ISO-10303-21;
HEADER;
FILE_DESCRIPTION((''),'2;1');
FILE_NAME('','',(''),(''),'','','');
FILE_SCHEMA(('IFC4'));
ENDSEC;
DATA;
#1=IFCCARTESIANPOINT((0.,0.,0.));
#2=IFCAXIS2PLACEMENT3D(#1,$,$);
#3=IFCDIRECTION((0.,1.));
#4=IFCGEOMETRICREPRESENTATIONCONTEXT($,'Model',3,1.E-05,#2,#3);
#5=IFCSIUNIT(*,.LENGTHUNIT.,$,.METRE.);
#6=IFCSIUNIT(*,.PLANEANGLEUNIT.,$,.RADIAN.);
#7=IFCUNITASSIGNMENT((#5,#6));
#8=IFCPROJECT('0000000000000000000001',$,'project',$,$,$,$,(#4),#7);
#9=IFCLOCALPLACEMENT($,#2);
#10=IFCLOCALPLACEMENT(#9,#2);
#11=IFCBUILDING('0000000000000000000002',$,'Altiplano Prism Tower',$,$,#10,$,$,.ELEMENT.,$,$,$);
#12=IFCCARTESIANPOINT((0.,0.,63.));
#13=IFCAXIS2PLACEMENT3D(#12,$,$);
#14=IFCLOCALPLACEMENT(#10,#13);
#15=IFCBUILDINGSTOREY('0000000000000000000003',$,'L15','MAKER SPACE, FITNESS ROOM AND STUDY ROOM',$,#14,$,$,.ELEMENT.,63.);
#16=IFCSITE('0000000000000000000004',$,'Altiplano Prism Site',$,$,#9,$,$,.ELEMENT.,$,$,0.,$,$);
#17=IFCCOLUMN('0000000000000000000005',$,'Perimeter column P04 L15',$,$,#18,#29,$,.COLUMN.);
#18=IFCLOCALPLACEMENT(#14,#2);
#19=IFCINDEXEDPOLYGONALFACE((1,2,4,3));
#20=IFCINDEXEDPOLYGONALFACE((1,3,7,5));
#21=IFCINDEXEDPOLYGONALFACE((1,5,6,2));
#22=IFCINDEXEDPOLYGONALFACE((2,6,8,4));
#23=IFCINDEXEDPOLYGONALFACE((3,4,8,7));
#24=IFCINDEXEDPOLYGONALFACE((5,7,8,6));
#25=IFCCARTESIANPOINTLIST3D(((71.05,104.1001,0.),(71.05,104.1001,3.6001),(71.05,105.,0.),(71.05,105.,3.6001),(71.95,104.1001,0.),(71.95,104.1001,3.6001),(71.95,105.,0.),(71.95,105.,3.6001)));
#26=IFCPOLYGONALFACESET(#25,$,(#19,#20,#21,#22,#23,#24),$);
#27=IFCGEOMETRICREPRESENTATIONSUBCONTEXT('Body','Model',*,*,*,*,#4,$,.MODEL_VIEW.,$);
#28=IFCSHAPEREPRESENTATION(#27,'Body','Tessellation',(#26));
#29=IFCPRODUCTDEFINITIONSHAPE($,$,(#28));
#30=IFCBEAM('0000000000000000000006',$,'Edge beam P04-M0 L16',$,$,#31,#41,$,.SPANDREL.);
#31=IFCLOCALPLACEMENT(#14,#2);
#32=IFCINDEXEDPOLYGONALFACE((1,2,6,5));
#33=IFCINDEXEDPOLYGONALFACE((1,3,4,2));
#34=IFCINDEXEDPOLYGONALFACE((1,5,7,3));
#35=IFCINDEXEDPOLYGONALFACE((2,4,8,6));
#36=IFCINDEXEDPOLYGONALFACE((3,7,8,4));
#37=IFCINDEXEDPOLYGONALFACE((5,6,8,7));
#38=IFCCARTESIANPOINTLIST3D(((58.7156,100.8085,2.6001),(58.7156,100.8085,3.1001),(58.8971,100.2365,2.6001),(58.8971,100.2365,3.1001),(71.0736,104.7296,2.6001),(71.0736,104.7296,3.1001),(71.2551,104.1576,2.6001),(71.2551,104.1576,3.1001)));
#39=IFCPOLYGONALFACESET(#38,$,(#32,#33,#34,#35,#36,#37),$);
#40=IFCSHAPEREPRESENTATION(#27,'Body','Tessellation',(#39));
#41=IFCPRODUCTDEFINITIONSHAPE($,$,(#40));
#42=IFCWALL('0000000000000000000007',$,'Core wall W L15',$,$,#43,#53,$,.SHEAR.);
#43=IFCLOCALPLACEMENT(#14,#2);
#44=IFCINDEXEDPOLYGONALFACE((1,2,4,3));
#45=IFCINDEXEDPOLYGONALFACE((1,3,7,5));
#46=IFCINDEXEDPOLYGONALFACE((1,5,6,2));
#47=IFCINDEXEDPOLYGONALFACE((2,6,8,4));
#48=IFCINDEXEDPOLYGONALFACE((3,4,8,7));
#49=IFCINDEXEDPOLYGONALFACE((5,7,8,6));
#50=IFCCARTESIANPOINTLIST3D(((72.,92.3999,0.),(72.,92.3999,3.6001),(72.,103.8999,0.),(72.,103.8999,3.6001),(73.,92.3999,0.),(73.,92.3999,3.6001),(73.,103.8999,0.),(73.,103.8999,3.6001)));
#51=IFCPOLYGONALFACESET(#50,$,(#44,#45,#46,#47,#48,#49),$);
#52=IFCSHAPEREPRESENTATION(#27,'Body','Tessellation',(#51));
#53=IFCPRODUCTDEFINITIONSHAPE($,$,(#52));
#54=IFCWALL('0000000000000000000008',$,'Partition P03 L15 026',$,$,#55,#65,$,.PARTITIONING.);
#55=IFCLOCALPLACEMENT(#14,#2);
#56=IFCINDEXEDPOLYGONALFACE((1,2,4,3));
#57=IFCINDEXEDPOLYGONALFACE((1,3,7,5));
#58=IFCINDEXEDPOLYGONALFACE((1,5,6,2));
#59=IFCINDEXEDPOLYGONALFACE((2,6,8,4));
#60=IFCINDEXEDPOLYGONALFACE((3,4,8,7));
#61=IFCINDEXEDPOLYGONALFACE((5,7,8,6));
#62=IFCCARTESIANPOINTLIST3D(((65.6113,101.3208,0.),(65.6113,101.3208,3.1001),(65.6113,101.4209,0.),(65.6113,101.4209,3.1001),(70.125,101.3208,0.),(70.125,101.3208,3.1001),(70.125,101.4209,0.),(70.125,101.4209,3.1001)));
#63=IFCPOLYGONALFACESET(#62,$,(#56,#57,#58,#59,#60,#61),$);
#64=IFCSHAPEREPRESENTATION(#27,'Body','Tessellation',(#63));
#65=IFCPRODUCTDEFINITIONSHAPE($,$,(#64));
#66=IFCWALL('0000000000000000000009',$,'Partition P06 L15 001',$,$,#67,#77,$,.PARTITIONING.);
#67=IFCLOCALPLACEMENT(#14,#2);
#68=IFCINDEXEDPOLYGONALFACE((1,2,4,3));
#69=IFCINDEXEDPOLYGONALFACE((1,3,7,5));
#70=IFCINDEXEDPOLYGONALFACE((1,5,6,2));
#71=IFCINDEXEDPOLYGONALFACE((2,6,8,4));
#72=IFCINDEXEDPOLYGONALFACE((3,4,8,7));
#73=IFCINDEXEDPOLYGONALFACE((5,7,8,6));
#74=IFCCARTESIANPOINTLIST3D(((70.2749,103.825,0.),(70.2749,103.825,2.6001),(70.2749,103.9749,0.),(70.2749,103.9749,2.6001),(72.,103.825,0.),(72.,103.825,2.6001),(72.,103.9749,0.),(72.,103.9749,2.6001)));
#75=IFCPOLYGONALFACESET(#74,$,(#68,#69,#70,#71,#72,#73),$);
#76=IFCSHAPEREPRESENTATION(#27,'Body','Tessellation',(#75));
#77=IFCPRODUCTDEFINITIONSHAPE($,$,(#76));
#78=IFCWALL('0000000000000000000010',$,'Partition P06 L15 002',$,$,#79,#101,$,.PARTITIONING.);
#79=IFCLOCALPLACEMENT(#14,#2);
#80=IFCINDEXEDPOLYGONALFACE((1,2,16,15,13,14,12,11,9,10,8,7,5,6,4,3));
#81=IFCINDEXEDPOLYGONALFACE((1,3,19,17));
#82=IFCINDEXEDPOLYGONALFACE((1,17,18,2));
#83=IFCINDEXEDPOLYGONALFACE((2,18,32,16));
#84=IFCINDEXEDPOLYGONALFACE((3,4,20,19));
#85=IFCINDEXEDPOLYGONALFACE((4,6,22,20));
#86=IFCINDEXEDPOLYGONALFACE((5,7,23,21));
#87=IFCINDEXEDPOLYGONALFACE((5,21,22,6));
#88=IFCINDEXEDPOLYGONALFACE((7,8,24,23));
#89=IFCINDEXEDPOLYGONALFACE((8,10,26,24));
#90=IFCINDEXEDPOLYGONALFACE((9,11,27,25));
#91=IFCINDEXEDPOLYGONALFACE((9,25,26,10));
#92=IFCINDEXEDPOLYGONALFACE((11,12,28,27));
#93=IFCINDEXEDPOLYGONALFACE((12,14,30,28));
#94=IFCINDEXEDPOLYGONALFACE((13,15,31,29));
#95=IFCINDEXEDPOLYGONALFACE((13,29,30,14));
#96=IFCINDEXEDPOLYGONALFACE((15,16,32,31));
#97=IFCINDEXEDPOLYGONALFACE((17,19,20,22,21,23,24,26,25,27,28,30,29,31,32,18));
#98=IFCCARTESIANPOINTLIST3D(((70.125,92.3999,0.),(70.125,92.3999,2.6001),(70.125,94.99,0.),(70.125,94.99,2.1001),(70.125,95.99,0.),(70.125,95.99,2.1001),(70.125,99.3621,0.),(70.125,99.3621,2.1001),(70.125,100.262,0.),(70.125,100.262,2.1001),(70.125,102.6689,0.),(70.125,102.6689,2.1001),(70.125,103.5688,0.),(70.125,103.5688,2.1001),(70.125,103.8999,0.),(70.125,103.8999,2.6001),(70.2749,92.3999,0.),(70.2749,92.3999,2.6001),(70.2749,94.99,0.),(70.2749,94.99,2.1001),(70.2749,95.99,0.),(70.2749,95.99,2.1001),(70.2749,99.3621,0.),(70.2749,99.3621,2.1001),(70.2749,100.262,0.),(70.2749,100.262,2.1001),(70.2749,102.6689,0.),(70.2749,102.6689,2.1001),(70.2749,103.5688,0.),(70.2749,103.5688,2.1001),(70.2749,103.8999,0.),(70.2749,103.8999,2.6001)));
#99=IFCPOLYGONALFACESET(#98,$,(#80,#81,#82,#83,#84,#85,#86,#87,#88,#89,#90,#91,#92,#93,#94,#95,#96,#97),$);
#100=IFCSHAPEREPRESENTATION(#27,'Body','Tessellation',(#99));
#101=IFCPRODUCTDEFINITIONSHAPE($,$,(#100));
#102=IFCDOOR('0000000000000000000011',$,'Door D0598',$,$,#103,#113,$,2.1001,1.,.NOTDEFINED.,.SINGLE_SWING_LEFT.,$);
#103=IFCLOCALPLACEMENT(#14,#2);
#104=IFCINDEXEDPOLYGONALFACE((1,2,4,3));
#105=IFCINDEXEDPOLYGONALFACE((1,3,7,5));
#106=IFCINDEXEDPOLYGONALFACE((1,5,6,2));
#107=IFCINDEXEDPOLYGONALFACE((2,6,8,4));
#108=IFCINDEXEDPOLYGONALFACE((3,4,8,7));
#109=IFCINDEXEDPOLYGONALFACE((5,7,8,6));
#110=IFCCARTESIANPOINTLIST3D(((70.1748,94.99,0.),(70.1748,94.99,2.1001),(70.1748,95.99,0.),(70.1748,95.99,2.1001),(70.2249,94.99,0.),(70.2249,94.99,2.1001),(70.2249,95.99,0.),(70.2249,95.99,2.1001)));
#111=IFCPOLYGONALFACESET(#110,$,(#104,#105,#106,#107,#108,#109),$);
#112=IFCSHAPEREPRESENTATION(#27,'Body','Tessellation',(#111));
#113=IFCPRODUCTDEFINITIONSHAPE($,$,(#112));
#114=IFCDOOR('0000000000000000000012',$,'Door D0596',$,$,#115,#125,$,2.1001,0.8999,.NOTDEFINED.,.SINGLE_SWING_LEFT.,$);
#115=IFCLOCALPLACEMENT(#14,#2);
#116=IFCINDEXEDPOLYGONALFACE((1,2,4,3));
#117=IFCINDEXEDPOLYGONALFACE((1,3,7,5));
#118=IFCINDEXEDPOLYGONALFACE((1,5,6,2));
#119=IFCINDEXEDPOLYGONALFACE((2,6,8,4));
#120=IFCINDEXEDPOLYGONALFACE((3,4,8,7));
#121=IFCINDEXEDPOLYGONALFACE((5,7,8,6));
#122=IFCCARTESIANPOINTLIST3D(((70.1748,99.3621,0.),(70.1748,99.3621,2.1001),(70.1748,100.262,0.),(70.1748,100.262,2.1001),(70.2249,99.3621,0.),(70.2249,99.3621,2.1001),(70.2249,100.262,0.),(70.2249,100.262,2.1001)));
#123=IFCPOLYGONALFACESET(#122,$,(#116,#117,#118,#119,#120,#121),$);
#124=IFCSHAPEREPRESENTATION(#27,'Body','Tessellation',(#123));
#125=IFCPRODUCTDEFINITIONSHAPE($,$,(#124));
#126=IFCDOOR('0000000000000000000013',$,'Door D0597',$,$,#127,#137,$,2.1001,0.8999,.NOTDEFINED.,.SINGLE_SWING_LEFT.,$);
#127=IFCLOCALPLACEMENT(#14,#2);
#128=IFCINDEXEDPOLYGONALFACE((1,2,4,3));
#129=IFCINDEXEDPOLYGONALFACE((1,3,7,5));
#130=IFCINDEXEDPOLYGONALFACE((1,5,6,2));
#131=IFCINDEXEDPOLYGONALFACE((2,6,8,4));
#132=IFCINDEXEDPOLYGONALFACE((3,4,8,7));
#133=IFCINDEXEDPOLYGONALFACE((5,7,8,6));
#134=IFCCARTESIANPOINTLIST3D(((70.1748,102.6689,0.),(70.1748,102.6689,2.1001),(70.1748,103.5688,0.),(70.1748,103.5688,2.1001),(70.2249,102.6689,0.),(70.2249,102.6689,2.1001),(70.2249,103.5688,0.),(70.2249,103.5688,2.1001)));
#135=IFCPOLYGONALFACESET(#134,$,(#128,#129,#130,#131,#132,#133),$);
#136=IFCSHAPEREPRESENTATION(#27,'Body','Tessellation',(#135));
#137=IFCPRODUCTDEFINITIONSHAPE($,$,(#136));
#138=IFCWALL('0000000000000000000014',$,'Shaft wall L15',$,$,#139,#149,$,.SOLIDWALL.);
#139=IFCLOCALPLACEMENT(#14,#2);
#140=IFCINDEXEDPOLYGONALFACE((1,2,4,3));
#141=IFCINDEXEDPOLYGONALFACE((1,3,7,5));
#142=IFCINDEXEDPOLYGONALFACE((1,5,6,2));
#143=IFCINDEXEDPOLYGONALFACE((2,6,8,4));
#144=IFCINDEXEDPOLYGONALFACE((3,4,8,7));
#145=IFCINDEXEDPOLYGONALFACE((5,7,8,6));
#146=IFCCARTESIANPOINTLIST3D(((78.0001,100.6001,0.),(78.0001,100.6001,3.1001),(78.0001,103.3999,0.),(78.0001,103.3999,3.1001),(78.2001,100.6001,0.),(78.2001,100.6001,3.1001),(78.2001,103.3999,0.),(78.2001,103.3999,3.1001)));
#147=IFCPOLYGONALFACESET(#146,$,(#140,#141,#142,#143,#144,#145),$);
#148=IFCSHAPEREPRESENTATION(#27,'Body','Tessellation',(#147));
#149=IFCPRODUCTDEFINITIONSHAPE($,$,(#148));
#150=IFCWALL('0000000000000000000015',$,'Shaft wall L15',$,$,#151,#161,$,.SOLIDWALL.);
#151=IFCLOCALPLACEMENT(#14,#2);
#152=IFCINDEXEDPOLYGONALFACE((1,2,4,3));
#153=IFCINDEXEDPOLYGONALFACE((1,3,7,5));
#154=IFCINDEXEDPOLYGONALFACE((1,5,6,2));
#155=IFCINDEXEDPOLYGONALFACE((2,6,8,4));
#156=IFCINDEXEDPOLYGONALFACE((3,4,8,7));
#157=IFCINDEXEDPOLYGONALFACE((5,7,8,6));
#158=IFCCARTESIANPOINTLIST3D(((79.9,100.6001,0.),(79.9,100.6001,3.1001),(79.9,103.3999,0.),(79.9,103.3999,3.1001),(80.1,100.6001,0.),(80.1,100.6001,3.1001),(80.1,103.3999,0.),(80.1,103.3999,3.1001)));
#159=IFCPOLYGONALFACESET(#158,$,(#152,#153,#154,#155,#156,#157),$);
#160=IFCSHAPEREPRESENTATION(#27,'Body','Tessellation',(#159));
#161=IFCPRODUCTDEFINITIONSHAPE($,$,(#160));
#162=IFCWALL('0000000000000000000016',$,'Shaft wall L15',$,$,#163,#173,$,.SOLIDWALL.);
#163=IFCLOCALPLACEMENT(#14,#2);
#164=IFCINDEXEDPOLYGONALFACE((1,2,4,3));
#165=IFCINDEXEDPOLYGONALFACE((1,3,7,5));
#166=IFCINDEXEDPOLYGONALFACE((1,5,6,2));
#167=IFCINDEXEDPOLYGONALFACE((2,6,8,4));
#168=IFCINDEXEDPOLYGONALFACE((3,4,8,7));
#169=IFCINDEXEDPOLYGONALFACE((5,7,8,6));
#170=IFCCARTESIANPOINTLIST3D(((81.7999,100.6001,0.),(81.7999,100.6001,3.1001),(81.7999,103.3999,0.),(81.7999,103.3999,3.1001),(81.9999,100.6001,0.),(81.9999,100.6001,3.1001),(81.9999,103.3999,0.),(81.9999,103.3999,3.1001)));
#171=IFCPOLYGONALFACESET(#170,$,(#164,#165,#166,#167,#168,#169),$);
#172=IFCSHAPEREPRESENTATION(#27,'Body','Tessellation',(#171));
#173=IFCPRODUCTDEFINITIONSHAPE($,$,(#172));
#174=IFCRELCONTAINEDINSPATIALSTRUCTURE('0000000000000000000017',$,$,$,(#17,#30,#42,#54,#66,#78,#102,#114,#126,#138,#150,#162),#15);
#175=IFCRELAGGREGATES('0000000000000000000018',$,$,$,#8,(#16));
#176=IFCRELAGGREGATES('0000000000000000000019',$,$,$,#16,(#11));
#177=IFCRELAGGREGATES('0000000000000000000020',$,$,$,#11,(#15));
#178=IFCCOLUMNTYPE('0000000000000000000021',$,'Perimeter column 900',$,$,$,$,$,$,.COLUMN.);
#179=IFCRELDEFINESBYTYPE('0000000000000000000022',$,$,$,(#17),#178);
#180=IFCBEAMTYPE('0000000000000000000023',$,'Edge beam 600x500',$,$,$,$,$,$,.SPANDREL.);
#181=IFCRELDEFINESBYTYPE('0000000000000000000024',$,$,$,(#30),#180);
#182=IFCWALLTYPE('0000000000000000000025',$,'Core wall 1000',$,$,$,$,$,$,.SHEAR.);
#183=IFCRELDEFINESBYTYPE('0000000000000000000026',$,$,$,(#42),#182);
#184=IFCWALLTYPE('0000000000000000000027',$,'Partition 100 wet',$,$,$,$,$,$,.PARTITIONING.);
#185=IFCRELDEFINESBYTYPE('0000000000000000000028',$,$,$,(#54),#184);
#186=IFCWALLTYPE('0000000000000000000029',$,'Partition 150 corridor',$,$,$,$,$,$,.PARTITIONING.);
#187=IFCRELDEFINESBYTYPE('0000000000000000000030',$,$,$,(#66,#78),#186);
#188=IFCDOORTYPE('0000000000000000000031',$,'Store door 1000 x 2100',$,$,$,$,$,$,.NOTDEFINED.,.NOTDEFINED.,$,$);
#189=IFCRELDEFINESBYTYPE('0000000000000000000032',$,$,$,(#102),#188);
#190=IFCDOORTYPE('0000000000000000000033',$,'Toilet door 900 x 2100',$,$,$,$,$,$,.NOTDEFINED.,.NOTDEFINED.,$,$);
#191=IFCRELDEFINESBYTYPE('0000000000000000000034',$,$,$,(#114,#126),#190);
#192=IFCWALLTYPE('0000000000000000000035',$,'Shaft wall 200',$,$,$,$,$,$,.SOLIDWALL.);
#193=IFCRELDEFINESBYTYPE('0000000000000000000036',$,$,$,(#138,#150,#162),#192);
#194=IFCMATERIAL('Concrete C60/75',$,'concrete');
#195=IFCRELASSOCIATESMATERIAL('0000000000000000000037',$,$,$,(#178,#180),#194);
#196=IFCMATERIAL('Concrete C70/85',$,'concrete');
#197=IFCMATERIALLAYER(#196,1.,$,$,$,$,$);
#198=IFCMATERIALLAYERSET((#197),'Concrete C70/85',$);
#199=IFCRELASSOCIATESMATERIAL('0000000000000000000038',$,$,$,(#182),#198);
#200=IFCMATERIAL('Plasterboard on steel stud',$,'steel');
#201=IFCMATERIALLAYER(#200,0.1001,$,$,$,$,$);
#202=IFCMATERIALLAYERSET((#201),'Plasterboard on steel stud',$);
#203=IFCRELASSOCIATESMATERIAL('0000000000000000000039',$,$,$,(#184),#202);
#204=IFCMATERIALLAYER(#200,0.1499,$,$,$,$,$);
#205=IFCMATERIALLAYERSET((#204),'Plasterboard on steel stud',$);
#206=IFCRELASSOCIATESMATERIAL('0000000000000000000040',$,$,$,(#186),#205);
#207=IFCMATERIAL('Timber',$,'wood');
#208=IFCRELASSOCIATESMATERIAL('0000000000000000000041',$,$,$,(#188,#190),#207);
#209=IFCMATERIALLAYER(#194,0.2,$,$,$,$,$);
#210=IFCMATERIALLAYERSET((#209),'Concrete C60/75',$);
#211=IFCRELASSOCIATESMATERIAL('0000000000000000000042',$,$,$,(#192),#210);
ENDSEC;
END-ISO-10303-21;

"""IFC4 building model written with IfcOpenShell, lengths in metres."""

from ifc_helpers import new_model, si_unit, direction, frame, frame_2d, origin, origin_2d, place, context, subcontext, project, spatial, rectangle, extrude, material, layer, layer_set, material_profile, profile_set, type_object, element, fill, save


model = new_model("IFC4")

# Units and contexts
model_context = context("Model", 3, precision=1e-05, world=origin(), true_north=direction((0.0, 1.0)))
body_context = subcontext(model_context, "Body", "Model", "MODEL_VIEW")
ifc_project = project(units=[si_unit("LENGTHUNIT", "METRE"), si_unit("PLANEANGLEUNIT", "RADIAN")], contexts=[model_context])

# Site, building, storey
site_placement = place(None, origin())
site = spatial("IfcSite", under=ifc_project, at=site_placement, Name="Altiplano Prism Site", CompositionType="ELEMENT", RefElevation=0.0)
building_placement = place(site_placement, origin())
building = spatial("IfcBuilding", under=site, at=building_placement, Name="Altiplano Prism Tower", CompositionType="ELEMENT")
storey_placement = place(building_placement, frame((0.0, 0.0, 63.0)))
storey = spatial("IfcBuildingStorey", under=building, at=storey_placement, Name="L15", Description="MAKER SPACE, FITNESS ROOM AND STUDY ROOM", CompositionType="ELEMENT", Elevation=63.0)

# Column
ifc_material_1 = material(Name="Concrete C60/75", Category="concrete")
ifc_material_profile_1 = material_profile(ifc_material_1, rectangle(XDim=0.8999, YDim=0.8999, at=origin_2d()), Name="Perimeter column 900")
ifc_profile_set_1 = profile_set([ifc_material_profile_1], Name="Concrete C60/75")
column_type = type_object("IfcColumnType", Name="Perimeter column 900", PredefinedType="COLUMN", material=ifc_profile_set_1)
column_placement = place(storey_placement, frame((71.5, 104.55, 0.0), z_axis=(0.0, 0.0, 1.0), x_axis=(1.0, 0.0, 0.0)))
element("IfcColumn", 1, at=column_placement, inside=storey, type_object=column_type, Name="Perimeter column P04 L15", PredefinedType="COLUMN", context=body_context, shape_type="SweptSolid", body=[
    extrude(rectangle(XDim=0.8999, YDim=0.8999, at=origin_2d()), origin(), (0.0, 0.0, 1.0), 3.6001),
])

# Beam
ifc_material_profile_2 = material_profile(ifc_material_1, rectangle(XDim=0.6001, YDim=0.5, at=origin_2d()), Name="Edge beam 600x500")
ifc_profile_set_2 = profile_set([ifc_material_profile_2], Name="Concrete C60/75")
beam_type = type_object("IfcBeamType", Name="Edge beam 600x500", PredefinedType="SPANDREL", material=ifc_profile_set_2)
beam_placement = place(storey_placement, frame((71.1643, 104.4436, 2.8501), z_axis=(-0.953169, -0.302439, 0.0), x_axis=(0.302439, -0.953169, 0.0)))
element("IfcBeam", 2, at=beam_placement, inside=storey, type_object=beam_type, Name="Edge beam P04-M0 L16", PredefinedType="SPANDREL", context=body_context, shape_type="SweptSolid", body=[
    extrude(rectangle(XDim=0.6001, YDim=0.5, at=origin_2d()), origin(), (0.0, 0.0, 1.0), 12.9651),
])

# Walls
ifc_material_2 = material(Name="Concrete C70/85", Category="concrete")
ifc_layer_1 = layer(ifc_material_2, 1.0)
ifc_layer_set_1 = layer_set([ifc_layer_1], Name="Concrete C70/85")
wall_type_1 = type_object("IfcWallType", Name="Core wall 1000", PredefinedType="SHEAR", material=ifc_layer_set_1)
wall_1_placement = place(storey_placement, frame((72.5, 103.8999, 0.0), z_axis=(0.0, 0.0, 1.0), x_axis=(0.0, -1.0, 0.0)))
element("IfcWall", 3, at=wall_1_placement, inside=storey, type_object=wall_type_1, Name="Core wall W L15", PredefinedType="SHEAR", context=body_context, shape_type="SweptSolid", body=[
    extrude(rectangle(XDim=11.5, YDim=1.0, at=frame_2d((5.75, 0.0))), origin(), (0.0, 0.0, 1.0), 3.6001),
])
ifc_material_3 = material(Name="Plasterboard on steel stud", Category="steel")
ifc_layer_2 = layer(ifc_material_3, 0.1001)
ifc_layer_set_2 = layer_set([ifc_layer_2], Name="Plasterboard on steel stud")
wall_type_2 = type_object("IfcWallType", Name="Partition 100 wet", PredefinedType="PARTITIONING", material=ifc_layer_set_2)
wall_2_placement = place(storey_placement, frame((70.125, 101.3708, 0.0), z_axis=(0.0, 0.0, 1.0), x_axis=(-1.0, 0.0, 0.0)))
element("IfcWall", 4, at=wall_2_placement, inside=storey, type_object=wall_type_2, Name="Partition P03 L15 026", PredefinedType="PARTITIONING", context=body_context, shape_type="SweptSolid", body=[
    extrude(rectangle(XDim=4.5137, YDim=0.1001, at=frame_2d((2.2568, 0.0))), origin(), (0.0, 0.0, 1.0), 3.1001),
])
ifc_layer_3 = layer(ifc_material_3, 0.1499)
ifc_layer_set_3 = layer_set([ifc_layer_3], Name="Plasterboard on steel stud")
wall_type_3 = type_object("IfcWallType", Name="Partition 150 corridor", PredefinedType="PARTITIONING", material=ifc_layer_set_3)
wall_3_placement = place(storey_placement, frame((72.0, 103.8999, 0.0), z_axis=(0.0, 0.0, 1.0), x_axis=(-1.0, 0.0, 0.0)))
element("IfcWall", 5, at=wall_3_placement, inside=storey, type_object=wall_type_3, Name="Partition P06 L15 001", PredefinedType="PARTITIONING", context=body_context, shape_type="SweptSolid", body=[
    extrude(rectangle(XDim=1.7251, YDim=0.1499, at=frame_2d((0.8625, 0.0))), origin(), (0.0, 0.0, 1.0), 2.6001),
])

# Wall, openings, doors
wall_4_placement = place(storey_placement, frame((70.2, 103.8999, 0.0), z_axis=(0.0, 0.0, 1.0), x_axis=(0.0, -1.0, 0.0)))
wall_4 = element("IfcWall", 6, at=wall_4_placement, inside=storey, type_object=wall_type_3, Name="Partition P06 L15 002", PredefinedType="PARTITIONING", context=body_context, shape_type="SweptSolid", body=[
    extrude(rectangle(XDim=11.5, YDim=0.1499, at=frame_2d((5.75, 0.0))), origin(), (0.0, 0.0, 1.0), 2.6001),
])
opening_1_placement = place(wall_4_placement, frame((3.6379, 0.0, 0.0)))
opening_1 = element("IfcOpeningElement", 7, at=opening_1_placement, cuts=wall_4, PredefinedType="OPENING", context=body_context, shape_type="SweptSolid", body=[
    extrude(rectangle(XDim=0.8999, YDim=2.1001, at=frame_2d((0.45, 1.05))), frame((0.0, 0.0854, 0.0), z_axis=(0.0, -1.0, 0.0), x_axis=(1.0, 0.0, 0.0)), (0.0, 0.0, 1.0), 0.1709),
])
opening_2_placement = place(wall_4_placement, frame((0.3311, 0.0, 0.0)))
opening_2 = element("IfcOpeningElement", 8, at=opening_2_placement, cuts=wall_4, PredefinedType="OPENING", context=body_context, shape_type="SweptSolid", body=[
    extrude(rectangle(XDim=0.8999, YDim=2.1001, at=frame_2d((0.45, 1.05))), frame((0.0, 0.0854, 0.0), z_axis=(0.0, -1.0, 0.0), x_axis=(1.0, 0.0, 0.0)), (0.0, 0.0, 1.0), 0.1709),
])
opening_3_placement = place(wall_4_placement, frame((7.9099, 0.0, 0.0)))
opening_3 = element("IfcOpeningElement", 9, at=opening_3_placement, cuts=wall_4, PredefinedType="OPENING", context=body_context, shape_type="SweptSolid", body=[
    extrude(rectangle(XDim=1.0, YDim=2.1001, at=frame_2d((0.5, 1.05))), frame((0.0, 0.0854, 0.0), z_axis=(0.0, -1.0, 0.0), x_axis=(1.0, 0.0, 0.0)), (0.0, 0.0, 1.0), 0.1709),
])
ifc_material_4 = material(Name="Timber", Category="wood")
door_type_1 = type_object("IfcDoorType", Name="Store door 1000 x 2100", OperationType="NOTDEFINED", PredefinedType="NOTDEFINED", material=ifc_material_4)
door_1_placement = place(opening_3_placement, origin())
door_1 = element("IfcDoor", 10, at=door_1_placement, inside=storey, type_object=door_type_1, Name="Door D0598", OperationType="SINGLE_SWING_LEFT", OverallHeight=2.1001, OverallWidth=1.0, PredefinedType="NOTDEFINED", context=body_context, shape_type="SweptSolid", body=[
    extrude(rectangle(XDim=1.0, YDim=2.1001, at=frame_2d((0.5, 1.05))), frame((0.0, 0.0249, 0.0), z_axis=(0.0, -1.0, 0.0), x_axis=(1.0, 0.0, 0.0)), (0.0, 0.0, 1.0), 0.05),
])
fill(opening_3, door_1)
door_type_2 = type_object("IfcDoorType", Name="Toilet door 900 x 2100", OperationType="NOTDEFINED", PredefinedType="NOTDEFINED", material=ifc_material_4)
door_2_placement = place(opening_1_placement, origin())
door_2 = element("IfcDoor", 11, at=door_2_placement, inside=storey, type_object=door_type_2, Name="Door D0596", OperationType="SINGLE_SWING_LEFT", OverallHeight=2.1001, OverallWidth=0.8999, PredefinedType="NOTDEFINED", context=body_context, shape_type="SweptSolid", body=[
    extrude(rectangle(XDim=0.8999, YDim=2.1001, at=frame_2d((0.45, 1.05))), frame((0.0, 0.0249, 0.0), z_axis=(0.0, -1.0, 0.0), x_axis=(1.0, 0.0, 0.0)), (0.0, 0.0, 1.0), 0.05),
])
fill(opening_1, door_2)
door_3_placement = place(opening_2_placement, origin())
door_3 = element("IfcDoor", 12, at=door_3_placement, inside=storey, type_object=door_type_2, Name="Door D0597", OperationType="SINGLE_SWING_LEFT", OverallHeight=2.1001, OverallWidth=0.8999, PredefinedType="NOTDEFINED", context=body_context, shape_type="SweptSolid", body=[
    extrude(rectangle(XDim=0.8999, YDim=2.1001, at=frame_2d((0.45, 1.05))), frame((0.0, 0.0249, 0.0), z_axis=(0.0, -1.0, 0.0), x_axis=(1.0, 0.0, 0.0)), (0.0, 0.0, 1.0), 0.05),
])
fill(opening_2, door_3)

# Walls
ifc_layer_4 = layer(ifc_material_1, 0.2)
ifc_layer_set_4 = layer_set([ifc_layer_4], Name="Concrete C60/75")
wall_type_4 = type_object("IfcWallType", Name="Shaft wall 200", PredefinedType="SOLIDWALL", material=ifc_layer_set_4)
for number, where, z_axis, x_axis, name in (
    (13, (78.1001, 100.6001, 0.0), (0.0, 0.0, 1.0), (0.0, 1.0, 0.0), "Shaft wall L15"),
    (14, (80.0, 100.6001, 0.0), (0.0, 0.0, 1.0), (0.0, 1.0, 0.0), "Shaft wall L15"),
    (15, (81.8999, 100.6001, 0.0), (0.0, 0.0, 1.0), (0.0, 1.0, 0.0), "Shaft wall L15"),
):
    element("IfcWall", number, at=place(storey_placement, frame(where, z_axis=z_axis, x_axis=x_axis)), inside=storey, type_object=wall_type_4, Name=name, PredefinedType="SOLIDWALL", context=body_context, shape_type="SweptSolid", body=[
        extrude(rectangle(XDim=2.7998, YDim=0.2, at=frame_2d((1.3999, 0.0))), origin(), (0.0, 0.0, 1.0), 3.1001),
    ])

save(model, "model.ifc")
